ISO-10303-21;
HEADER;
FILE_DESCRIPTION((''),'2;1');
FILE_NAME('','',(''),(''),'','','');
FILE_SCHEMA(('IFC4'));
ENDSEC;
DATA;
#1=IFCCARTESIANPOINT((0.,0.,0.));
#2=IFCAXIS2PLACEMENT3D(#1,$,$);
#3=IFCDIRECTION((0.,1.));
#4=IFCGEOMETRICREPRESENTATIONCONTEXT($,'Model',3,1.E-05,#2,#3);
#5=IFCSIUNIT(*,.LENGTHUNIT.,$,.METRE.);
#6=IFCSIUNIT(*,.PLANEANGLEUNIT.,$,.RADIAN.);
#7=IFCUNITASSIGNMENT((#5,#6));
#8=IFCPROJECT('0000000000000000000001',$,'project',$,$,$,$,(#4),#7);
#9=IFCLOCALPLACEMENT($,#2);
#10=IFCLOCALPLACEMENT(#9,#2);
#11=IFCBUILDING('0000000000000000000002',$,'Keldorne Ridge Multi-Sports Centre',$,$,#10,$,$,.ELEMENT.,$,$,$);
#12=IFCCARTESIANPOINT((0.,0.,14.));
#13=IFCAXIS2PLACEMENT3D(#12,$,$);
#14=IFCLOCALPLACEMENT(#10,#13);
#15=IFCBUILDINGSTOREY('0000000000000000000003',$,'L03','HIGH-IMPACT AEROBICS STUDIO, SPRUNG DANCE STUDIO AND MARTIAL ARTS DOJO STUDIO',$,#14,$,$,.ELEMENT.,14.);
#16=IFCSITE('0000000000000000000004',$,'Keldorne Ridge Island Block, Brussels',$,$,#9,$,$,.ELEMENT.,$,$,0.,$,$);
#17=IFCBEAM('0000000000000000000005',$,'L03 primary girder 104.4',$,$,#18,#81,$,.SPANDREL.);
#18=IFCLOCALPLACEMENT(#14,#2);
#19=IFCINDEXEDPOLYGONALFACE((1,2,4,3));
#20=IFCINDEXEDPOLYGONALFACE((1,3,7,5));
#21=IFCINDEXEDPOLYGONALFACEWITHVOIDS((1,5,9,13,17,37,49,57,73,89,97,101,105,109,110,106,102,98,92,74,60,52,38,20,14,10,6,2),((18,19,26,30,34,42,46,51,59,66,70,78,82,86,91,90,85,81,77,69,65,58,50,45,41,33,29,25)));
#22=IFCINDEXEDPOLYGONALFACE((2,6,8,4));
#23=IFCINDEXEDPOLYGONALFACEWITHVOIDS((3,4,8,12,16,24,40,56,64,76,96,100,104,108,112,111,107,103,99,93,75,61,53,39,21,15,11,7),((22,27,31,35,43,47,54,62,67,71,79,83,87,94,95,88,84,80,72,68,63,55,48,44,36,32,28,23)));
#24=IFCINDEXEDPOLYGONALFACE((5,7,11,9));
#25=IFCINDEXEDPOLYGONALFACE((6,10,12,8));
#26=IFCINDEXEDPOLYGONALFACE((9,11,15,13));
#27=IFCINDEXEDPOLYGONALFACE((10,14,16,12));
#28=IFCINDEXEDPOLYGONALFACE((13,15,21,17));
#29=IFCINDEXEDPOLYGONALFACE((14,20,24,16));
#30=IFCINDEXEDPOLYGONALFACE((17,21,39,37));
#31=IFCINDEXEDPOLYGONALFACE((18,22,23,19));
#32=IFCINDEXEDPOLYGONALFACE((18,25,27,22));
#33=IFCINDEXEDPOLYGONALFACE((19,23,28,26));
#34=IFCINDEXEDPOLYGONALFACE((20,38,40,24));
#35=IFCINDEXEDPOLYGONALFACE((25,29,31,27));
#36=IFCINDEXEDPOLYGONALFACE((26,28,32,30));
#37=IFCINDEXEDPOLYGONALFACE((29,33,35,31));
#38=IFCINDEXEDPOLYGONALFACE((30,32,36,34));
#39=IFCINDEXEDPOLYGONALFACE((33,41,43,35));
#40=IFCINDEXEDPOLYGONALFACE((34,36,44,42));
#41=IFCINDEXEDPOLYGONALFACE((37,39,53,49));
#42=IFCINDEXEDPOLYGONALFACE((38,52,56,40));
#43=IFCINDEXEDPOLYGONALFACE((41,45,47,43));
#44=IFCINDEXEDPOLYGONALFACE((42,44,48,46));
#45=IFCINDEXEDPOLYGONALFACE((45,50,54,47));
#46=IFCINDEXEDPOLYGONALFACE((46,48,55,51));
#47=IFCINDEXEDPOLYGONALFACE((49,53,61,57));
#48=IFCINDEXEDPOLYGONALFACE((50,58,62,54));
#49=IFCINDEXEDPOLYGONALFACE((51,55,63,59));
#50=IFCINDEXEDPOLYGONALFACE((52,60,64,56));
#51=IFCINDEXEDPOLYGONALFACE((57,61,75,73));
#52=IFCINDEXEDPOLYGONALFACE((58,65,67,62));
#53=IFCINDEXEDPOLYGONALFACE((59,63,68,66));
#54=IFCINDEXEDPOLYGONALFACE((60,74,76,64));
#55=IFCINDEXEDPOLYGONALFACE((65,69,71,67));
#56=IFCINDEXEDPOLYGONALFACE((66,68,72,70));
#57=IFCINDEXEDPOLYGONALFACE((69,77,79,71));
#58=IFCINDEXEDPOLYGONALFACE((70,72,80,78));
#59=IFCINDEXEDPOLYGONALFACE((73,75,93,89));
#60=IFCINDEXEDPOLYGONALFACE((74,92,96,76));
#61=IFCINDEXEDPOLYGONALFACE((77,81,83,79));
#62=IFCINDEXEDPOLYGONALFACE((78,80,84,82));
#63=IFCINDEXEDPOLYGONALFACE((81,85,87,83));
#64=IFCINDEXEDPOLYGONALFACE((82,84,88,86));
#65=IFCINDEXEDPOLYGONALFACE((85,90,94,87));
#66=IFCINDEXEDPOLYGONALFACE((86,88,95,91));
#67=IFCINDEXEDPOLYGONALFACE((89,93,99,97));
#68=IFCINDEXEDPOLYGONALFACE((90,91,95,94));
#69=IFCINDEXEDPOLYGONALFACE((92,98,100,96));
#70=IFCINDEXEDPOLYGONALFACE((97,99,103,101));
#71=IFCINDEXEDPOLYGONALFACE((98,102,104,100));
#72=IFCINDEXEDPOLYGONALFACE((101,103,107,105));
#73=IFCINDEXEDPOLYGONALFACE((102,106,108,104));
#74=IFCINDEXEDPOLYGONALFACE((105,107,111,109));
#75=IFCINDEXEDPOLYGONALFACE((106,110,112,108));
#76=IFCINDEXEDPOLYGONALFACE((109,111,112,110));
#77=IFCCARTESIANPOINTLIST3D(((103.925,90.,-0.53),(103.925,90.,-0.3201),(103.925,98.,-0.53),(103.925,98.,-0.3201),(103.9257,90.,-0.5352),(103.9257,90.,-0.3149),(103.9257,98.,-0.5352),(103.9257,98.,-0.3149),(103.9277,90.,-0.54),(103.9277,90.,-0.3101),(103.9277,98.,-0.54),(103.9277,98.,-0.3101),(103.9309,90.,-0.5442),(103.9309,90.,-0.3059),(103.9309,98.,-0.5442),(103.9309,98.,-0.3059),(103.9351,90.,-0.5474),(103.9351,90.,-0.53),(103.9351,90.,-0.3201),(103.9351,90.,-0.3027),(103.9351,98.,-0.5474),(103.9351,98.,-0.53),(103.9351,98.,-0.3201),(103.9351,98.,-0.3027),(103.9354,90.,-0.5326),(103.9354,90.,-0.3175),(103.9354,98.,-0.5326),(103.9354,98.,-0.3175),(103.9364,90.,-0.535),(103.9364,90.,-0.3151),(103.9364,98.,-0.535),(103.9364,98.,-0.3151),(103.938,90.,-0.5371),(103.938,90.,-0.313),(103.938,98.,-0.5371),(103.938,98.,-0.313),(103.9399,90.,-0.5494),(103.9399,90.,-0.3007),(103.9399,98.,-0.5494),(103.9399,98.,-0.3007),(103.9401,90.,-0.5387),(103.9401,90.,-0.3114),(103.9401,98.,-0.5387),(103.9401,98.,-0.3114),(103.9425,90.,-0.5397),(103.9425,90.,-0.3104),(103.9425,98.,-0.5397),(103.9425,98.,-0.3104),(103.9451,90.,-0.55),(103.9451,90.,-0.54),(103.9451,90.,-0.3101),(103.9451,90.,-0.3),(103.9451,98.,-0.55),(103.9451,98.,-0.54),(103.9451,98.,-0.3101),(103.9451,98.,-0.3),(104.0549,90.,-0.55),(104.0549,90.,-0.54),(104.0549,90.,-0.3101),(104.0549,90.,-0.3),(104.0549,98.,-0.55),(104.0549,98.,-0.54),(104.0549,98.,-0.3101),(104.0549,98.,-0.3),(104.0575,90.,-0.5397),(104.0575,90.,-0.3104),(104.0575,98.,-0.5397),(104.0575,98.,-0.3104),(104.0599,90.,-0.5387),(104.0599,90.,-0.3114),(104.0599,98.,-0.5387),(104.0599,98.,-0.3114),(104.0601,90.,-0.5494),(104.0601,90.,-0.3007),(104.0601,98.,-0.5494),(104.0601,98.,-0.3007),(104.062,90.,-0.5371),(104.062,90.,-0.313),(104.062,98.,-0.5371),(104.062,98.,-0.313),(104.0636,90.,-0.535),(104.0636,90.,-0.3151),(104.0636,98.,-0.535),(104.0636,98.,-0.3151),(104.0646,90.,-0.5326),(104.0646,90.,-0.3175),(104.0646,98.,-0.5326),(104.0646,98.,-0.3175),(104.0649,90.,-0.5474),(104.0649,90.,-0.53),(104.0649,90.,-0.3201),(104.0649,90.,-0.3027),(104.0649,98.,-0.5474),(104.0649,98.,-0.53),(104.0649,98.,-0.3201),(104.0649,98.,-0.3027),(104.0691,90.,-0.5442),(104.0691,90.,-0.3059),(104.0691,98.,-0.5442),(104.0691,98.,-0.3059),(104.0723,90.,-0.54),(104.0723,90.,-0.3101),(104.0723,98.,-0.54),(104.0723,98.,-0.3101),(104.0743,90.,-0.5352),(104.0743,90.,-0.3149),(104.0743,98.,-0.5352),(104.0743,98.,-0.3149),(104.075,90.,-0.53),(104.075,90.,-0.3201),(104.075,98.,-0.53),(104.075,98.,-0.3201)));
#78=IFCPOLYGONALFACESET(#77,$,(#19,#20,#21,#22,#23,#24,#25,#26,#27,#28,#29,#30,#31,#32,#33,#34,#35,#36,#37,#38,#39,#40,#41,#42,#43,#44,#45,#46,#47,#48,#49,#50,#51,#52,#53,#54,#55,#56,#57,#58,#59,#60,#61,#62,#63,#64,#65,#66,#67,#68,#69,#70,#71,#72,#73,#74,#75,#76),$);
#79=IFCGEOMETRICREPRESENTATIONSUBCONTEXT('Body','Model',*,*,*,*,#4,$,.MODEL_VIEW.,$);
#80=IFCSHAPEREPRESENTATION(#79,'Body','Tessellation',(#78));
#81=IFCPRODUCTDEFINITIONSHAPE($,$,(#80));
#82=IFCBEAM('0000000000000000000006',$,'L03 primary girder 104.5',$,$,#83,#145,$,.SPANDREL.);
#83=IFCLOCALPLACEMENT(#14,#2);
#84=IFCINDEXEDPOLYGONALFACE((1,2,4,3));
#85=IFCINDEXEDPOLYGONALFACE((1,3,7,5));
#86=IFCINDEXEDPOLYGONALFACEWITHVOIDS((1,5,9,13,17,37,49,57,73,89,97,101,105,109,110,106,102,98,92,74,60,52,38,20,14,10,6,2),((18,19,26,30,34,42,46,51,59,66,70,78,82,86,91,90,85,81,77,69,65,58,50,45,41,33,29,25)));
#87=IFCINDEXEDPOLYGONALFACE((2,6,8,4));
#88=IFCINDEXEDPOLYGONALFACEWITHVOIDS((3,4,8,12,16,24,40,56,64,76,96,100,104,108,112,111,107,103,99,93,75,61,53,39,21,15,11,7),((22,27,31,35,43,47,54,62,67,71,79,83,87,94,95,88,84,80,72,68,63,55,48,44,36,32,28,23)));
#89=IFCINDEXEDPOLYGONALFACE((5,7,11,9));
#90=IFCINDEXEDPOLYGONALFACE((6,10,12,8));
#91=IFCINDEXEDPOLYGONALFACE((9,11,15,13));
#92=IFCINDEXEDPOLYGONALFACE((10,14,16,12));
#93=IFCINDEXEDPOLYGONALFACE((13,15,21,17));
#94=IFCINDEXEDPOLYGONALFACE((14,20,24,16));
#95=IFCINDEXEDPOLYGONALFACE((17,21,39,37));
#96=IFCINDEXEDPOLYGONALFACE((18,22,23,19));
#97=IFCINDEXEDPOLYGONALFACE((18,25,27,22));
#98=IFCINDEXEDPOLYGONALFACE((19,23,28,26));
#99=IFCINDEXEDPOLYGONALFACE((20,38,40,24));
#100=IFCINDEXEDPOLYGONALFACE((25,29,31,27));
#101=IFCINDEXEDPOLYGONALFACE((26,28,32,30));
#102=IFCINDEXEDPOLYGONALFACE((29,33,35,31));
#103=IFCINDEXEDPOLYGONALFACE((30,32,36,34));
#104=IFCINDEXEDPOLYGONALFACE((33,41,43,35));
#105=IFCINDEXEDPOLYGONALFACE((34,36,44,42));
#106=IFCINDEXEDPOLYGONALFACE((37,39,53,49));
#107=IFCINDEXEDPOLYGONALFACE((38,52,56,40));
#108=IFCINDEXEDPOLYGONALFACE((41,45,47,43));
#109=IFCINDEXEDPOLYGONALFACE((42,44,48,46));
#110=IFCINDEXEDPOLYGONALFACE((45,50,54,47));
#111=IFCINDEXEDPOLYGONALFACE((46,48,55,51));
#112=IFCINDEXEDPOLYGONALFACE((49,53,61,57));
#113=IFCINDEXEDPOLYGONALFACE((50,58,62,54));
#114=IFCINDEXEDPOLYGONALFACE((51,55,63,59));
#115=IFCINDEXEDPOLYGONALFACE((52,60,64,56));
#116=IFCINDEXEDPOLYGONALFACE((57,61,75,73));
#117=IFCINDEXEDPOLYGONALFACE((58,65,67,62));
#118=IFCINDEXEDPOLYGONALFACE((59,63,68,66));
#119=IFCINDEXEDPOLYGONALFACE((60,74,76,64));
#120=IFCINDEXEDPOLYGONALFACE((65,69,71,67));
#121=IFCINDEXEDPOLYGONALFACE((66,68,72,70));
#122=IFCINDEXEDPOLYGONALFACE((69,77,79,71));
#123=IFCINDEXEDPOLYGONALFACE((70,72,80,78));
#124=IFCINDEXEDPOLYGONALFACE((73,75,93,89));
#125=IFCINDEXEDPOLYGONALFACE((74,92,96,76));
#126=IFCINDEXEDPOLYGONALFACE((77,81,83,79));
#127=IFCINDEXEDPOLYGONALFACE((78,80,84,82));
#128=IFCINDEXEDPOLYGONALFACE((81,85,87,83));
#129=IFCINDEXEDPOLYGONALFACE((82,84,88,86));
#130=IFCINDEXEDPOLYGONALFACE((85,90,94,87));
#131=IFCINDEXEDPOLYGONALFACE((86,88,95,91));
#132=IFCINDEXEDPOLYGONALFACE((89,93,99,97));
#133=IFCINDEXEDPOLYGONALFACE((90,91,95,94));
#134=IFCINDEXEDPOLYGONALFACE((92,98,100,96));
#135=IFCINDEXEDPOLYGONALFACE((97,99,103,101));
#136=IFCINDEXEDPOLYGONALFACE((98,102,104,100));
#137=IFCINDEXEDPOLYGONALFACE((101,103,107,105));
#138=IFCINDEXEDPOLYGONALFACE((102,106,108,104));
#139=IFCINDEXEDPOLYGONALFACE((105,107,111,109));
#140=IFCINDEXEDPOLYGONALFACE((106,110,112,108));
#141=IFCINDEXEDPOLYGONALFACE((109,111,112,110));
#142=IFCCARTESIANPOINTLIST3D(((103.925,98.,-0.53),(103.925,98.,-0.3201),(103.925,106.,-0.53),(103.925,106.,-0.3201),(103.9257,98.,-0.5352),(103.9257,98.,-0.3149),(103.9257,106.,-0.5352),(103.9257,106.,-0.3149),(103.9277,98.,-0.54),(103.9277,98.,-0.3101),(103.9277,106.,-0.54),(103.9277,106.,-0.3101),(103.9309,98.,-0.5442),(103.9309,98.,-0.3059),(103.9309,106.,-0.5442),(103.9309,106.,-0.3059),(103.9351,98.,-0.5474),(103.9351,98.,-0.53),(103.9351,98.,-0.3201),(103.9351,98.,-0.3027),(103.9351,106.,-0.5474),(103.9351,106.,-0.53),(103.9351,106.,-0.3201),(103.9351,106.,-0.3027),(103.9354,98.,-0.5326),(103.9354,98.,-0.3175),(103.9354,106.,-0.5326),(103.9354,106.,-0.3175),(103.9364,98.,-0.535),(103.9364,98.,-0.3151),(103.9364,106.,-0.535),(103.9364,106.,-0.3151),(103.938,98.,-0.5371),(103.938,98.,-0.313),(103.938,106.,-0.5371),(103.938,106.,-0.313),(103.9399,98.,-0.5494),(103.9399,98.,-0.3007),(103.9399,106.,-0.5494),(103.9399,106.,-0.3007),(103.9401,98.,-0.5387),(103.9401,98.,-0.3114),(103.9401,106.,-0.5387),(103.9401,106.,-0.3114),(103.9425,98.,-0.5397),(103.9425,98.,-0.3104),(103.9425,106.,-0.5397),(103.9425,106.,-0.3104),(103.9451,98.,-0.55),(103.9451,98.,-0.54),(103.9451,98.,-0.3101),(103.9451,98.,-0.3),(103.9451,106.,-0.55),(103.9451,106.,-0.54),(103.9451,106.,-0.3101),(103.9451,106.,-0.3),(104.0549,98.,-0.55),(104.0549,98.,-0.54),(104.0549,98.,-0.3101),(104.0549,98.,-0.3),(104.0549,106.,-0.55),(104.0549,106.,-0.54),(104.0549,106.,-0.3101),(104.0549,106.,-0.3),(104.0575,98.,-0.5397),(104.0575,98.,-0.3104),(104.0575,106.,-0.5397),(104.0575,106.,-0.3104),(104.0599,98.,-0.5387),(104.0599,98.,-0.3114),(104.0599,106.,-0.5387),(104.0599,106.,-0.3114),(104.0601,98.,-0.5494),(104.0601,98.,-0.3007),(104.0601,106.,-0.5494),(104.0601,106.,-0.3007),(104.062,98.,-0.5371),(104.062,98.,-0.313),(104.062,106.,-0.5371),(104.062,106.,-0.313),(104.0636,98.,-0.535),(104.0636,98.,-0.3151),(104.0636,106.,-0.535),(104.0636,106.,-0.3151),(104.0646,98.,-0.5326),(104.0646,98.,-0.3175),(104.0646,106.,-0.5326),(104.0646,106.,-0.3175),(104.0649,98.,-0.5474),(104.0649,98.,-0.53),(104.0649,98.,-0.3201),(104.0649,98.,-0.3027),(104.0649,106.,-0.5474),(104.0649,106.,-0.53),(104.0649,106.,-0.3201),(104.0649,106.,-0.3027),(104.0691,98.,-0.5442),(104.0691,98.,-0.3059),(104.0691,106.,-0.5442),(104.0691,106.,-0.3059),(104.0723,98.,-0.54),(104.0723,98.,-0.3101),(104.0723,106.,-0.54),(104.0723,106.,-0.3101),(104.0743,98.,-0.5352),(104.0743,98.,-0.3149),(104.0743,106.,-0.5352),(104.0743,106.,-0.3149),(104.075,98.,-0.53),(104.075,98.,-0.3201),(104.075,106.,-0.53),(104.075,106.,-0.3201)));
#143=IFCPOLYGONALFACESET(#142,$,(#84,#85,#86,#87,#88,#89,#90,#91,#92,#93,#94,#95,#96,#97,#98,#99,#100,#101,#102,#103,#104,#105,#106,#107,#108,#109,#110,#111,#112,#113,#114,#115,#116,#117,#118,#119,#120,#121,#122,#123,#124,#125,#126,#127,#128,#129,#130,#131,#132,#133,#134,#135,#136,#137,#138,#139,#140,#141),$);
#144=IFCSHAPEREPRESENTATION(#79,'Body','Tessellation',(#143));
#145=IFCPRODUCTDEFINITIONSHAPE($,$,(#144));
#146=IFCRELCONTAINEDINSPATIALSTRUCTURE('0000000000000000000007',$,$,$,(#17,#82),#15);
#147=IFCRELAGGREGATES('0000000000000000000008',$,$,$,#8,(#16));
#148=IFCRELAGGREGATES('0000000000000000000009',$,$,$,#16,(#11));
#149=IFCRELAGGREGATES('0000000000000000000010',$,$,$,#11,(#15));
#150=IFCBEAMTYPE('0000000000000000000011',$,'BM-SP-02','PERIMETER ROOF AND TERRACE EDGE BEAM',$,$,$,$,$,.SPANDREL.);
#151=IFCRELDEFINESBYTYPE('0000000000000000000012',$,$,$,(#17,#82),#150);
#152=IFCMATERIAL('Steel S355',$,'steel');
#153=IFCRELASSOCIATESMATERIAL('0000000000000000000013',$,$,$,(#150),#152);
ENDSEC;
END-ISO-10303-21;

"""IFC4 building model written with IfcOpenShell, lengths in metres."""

from ifc_helpers import new_model, si_unit, direction, frame, origin, origin_2d, place, context, subcontext, project, spatial, hollow_rectangle, extrude, material, material_profile, profile_set, type_object, element, save


model = new_model("IFC4")

# Units and contexts
model_context = context("Model", 3, precision=1e-05, world=origin(), true_north=direction((0.0, 1.0)))
body_context = subcontext(model_context, "Body", "Model", "MODEL_VIEW")
ifc_project = project(units=[si_unit("LENGTHUNIT", "METRE"), si_unit("PLANEANGLEUNIT", "RADIAN")], contexts=[model_context])

# Site, building, storey
site_placement = place(None, origin())
site = spatial("IfcSite", under=ifc_project, at=site_placement, Name="Keldorne Ridge Island Block, Brussels", CompositionType="ELEMENT", RefElevation=0.0)
building_placement = place(site_placement, origin())
building = spatial("IfcBuilding", under=site, at=building_placement, Name="Keldorne Ridge Multi-Sports Centre", CompositionType="ELEMENT")
storey_placement = place(building_placement, frame((0.0, 0.0, 14.0)))
storey = spatial("IfcBuildingStorey", under=building, at=storey_placement, Name="L03", Description="HIGH-IMPACT AEROBICS STUDIO, SPRUNG DANCE STUDIO AND MARTIAL ARTS DOJO STUDIO", CompositionType="ELEMENT", Elevation=14.0)

# Shared definitions
ifc_material_1 = material(Name="Steel S355", Category="steel")

# Beams
ifc_material_profile_1 = material_profile(ifc_material_1, hollow_rectangle(XDim=0.1499, YDim=0.25, WallThickness=0.01, InnerFilletRadius=0.01, OuterFilletRadius=0.02, at=origin_2d()), Name="RHS 250x150x10")
ifc_profile_set_1 = profile_set([ifc_material_profile_1], Name="Steel S355")
beam_type_1 = type_object("IfcBeamType", Name="BM-SP-02", Description="PERIMETER ROOF AND TERRACE EDGE BEAM", PredefinedType="SPANDREL", material=ifc_profile_set_1)
for number, where, z_axis, x_axis, name in (
    (1, (104.0, 90.0, -0.425), (0.0, 1.0, 0.0), (-1.0, 0.0, 0.0), "L03 primary girder 104.4"),
    (2, (104.0, 98.0, -0.425), (0.0, 1.0, 0.0), (-1.0, 0.0, 0.0), "L03 primary girder 104.5"),
):
    element("IfcBeam", number, at=place(storey_placement, frame(where, z_axis=z_axis, x_axis=x_axis)), inside=storey, type_object=beam_type_1, Name=name, PredefinedType="SPANDREL", context=body_context, shape_type="SweptSolid", body=[
        extrude(hollow_rectangle(XDim=0.1499, YDim=0.25, WallThickness=0.01, InnerFilletRadius=0.01, OuterFilletRadius=0.02, at=origin_2d()), origin(), (0.0, 0.0, 1.0), 8.0),
    ])

save(model, "model.ifc")
